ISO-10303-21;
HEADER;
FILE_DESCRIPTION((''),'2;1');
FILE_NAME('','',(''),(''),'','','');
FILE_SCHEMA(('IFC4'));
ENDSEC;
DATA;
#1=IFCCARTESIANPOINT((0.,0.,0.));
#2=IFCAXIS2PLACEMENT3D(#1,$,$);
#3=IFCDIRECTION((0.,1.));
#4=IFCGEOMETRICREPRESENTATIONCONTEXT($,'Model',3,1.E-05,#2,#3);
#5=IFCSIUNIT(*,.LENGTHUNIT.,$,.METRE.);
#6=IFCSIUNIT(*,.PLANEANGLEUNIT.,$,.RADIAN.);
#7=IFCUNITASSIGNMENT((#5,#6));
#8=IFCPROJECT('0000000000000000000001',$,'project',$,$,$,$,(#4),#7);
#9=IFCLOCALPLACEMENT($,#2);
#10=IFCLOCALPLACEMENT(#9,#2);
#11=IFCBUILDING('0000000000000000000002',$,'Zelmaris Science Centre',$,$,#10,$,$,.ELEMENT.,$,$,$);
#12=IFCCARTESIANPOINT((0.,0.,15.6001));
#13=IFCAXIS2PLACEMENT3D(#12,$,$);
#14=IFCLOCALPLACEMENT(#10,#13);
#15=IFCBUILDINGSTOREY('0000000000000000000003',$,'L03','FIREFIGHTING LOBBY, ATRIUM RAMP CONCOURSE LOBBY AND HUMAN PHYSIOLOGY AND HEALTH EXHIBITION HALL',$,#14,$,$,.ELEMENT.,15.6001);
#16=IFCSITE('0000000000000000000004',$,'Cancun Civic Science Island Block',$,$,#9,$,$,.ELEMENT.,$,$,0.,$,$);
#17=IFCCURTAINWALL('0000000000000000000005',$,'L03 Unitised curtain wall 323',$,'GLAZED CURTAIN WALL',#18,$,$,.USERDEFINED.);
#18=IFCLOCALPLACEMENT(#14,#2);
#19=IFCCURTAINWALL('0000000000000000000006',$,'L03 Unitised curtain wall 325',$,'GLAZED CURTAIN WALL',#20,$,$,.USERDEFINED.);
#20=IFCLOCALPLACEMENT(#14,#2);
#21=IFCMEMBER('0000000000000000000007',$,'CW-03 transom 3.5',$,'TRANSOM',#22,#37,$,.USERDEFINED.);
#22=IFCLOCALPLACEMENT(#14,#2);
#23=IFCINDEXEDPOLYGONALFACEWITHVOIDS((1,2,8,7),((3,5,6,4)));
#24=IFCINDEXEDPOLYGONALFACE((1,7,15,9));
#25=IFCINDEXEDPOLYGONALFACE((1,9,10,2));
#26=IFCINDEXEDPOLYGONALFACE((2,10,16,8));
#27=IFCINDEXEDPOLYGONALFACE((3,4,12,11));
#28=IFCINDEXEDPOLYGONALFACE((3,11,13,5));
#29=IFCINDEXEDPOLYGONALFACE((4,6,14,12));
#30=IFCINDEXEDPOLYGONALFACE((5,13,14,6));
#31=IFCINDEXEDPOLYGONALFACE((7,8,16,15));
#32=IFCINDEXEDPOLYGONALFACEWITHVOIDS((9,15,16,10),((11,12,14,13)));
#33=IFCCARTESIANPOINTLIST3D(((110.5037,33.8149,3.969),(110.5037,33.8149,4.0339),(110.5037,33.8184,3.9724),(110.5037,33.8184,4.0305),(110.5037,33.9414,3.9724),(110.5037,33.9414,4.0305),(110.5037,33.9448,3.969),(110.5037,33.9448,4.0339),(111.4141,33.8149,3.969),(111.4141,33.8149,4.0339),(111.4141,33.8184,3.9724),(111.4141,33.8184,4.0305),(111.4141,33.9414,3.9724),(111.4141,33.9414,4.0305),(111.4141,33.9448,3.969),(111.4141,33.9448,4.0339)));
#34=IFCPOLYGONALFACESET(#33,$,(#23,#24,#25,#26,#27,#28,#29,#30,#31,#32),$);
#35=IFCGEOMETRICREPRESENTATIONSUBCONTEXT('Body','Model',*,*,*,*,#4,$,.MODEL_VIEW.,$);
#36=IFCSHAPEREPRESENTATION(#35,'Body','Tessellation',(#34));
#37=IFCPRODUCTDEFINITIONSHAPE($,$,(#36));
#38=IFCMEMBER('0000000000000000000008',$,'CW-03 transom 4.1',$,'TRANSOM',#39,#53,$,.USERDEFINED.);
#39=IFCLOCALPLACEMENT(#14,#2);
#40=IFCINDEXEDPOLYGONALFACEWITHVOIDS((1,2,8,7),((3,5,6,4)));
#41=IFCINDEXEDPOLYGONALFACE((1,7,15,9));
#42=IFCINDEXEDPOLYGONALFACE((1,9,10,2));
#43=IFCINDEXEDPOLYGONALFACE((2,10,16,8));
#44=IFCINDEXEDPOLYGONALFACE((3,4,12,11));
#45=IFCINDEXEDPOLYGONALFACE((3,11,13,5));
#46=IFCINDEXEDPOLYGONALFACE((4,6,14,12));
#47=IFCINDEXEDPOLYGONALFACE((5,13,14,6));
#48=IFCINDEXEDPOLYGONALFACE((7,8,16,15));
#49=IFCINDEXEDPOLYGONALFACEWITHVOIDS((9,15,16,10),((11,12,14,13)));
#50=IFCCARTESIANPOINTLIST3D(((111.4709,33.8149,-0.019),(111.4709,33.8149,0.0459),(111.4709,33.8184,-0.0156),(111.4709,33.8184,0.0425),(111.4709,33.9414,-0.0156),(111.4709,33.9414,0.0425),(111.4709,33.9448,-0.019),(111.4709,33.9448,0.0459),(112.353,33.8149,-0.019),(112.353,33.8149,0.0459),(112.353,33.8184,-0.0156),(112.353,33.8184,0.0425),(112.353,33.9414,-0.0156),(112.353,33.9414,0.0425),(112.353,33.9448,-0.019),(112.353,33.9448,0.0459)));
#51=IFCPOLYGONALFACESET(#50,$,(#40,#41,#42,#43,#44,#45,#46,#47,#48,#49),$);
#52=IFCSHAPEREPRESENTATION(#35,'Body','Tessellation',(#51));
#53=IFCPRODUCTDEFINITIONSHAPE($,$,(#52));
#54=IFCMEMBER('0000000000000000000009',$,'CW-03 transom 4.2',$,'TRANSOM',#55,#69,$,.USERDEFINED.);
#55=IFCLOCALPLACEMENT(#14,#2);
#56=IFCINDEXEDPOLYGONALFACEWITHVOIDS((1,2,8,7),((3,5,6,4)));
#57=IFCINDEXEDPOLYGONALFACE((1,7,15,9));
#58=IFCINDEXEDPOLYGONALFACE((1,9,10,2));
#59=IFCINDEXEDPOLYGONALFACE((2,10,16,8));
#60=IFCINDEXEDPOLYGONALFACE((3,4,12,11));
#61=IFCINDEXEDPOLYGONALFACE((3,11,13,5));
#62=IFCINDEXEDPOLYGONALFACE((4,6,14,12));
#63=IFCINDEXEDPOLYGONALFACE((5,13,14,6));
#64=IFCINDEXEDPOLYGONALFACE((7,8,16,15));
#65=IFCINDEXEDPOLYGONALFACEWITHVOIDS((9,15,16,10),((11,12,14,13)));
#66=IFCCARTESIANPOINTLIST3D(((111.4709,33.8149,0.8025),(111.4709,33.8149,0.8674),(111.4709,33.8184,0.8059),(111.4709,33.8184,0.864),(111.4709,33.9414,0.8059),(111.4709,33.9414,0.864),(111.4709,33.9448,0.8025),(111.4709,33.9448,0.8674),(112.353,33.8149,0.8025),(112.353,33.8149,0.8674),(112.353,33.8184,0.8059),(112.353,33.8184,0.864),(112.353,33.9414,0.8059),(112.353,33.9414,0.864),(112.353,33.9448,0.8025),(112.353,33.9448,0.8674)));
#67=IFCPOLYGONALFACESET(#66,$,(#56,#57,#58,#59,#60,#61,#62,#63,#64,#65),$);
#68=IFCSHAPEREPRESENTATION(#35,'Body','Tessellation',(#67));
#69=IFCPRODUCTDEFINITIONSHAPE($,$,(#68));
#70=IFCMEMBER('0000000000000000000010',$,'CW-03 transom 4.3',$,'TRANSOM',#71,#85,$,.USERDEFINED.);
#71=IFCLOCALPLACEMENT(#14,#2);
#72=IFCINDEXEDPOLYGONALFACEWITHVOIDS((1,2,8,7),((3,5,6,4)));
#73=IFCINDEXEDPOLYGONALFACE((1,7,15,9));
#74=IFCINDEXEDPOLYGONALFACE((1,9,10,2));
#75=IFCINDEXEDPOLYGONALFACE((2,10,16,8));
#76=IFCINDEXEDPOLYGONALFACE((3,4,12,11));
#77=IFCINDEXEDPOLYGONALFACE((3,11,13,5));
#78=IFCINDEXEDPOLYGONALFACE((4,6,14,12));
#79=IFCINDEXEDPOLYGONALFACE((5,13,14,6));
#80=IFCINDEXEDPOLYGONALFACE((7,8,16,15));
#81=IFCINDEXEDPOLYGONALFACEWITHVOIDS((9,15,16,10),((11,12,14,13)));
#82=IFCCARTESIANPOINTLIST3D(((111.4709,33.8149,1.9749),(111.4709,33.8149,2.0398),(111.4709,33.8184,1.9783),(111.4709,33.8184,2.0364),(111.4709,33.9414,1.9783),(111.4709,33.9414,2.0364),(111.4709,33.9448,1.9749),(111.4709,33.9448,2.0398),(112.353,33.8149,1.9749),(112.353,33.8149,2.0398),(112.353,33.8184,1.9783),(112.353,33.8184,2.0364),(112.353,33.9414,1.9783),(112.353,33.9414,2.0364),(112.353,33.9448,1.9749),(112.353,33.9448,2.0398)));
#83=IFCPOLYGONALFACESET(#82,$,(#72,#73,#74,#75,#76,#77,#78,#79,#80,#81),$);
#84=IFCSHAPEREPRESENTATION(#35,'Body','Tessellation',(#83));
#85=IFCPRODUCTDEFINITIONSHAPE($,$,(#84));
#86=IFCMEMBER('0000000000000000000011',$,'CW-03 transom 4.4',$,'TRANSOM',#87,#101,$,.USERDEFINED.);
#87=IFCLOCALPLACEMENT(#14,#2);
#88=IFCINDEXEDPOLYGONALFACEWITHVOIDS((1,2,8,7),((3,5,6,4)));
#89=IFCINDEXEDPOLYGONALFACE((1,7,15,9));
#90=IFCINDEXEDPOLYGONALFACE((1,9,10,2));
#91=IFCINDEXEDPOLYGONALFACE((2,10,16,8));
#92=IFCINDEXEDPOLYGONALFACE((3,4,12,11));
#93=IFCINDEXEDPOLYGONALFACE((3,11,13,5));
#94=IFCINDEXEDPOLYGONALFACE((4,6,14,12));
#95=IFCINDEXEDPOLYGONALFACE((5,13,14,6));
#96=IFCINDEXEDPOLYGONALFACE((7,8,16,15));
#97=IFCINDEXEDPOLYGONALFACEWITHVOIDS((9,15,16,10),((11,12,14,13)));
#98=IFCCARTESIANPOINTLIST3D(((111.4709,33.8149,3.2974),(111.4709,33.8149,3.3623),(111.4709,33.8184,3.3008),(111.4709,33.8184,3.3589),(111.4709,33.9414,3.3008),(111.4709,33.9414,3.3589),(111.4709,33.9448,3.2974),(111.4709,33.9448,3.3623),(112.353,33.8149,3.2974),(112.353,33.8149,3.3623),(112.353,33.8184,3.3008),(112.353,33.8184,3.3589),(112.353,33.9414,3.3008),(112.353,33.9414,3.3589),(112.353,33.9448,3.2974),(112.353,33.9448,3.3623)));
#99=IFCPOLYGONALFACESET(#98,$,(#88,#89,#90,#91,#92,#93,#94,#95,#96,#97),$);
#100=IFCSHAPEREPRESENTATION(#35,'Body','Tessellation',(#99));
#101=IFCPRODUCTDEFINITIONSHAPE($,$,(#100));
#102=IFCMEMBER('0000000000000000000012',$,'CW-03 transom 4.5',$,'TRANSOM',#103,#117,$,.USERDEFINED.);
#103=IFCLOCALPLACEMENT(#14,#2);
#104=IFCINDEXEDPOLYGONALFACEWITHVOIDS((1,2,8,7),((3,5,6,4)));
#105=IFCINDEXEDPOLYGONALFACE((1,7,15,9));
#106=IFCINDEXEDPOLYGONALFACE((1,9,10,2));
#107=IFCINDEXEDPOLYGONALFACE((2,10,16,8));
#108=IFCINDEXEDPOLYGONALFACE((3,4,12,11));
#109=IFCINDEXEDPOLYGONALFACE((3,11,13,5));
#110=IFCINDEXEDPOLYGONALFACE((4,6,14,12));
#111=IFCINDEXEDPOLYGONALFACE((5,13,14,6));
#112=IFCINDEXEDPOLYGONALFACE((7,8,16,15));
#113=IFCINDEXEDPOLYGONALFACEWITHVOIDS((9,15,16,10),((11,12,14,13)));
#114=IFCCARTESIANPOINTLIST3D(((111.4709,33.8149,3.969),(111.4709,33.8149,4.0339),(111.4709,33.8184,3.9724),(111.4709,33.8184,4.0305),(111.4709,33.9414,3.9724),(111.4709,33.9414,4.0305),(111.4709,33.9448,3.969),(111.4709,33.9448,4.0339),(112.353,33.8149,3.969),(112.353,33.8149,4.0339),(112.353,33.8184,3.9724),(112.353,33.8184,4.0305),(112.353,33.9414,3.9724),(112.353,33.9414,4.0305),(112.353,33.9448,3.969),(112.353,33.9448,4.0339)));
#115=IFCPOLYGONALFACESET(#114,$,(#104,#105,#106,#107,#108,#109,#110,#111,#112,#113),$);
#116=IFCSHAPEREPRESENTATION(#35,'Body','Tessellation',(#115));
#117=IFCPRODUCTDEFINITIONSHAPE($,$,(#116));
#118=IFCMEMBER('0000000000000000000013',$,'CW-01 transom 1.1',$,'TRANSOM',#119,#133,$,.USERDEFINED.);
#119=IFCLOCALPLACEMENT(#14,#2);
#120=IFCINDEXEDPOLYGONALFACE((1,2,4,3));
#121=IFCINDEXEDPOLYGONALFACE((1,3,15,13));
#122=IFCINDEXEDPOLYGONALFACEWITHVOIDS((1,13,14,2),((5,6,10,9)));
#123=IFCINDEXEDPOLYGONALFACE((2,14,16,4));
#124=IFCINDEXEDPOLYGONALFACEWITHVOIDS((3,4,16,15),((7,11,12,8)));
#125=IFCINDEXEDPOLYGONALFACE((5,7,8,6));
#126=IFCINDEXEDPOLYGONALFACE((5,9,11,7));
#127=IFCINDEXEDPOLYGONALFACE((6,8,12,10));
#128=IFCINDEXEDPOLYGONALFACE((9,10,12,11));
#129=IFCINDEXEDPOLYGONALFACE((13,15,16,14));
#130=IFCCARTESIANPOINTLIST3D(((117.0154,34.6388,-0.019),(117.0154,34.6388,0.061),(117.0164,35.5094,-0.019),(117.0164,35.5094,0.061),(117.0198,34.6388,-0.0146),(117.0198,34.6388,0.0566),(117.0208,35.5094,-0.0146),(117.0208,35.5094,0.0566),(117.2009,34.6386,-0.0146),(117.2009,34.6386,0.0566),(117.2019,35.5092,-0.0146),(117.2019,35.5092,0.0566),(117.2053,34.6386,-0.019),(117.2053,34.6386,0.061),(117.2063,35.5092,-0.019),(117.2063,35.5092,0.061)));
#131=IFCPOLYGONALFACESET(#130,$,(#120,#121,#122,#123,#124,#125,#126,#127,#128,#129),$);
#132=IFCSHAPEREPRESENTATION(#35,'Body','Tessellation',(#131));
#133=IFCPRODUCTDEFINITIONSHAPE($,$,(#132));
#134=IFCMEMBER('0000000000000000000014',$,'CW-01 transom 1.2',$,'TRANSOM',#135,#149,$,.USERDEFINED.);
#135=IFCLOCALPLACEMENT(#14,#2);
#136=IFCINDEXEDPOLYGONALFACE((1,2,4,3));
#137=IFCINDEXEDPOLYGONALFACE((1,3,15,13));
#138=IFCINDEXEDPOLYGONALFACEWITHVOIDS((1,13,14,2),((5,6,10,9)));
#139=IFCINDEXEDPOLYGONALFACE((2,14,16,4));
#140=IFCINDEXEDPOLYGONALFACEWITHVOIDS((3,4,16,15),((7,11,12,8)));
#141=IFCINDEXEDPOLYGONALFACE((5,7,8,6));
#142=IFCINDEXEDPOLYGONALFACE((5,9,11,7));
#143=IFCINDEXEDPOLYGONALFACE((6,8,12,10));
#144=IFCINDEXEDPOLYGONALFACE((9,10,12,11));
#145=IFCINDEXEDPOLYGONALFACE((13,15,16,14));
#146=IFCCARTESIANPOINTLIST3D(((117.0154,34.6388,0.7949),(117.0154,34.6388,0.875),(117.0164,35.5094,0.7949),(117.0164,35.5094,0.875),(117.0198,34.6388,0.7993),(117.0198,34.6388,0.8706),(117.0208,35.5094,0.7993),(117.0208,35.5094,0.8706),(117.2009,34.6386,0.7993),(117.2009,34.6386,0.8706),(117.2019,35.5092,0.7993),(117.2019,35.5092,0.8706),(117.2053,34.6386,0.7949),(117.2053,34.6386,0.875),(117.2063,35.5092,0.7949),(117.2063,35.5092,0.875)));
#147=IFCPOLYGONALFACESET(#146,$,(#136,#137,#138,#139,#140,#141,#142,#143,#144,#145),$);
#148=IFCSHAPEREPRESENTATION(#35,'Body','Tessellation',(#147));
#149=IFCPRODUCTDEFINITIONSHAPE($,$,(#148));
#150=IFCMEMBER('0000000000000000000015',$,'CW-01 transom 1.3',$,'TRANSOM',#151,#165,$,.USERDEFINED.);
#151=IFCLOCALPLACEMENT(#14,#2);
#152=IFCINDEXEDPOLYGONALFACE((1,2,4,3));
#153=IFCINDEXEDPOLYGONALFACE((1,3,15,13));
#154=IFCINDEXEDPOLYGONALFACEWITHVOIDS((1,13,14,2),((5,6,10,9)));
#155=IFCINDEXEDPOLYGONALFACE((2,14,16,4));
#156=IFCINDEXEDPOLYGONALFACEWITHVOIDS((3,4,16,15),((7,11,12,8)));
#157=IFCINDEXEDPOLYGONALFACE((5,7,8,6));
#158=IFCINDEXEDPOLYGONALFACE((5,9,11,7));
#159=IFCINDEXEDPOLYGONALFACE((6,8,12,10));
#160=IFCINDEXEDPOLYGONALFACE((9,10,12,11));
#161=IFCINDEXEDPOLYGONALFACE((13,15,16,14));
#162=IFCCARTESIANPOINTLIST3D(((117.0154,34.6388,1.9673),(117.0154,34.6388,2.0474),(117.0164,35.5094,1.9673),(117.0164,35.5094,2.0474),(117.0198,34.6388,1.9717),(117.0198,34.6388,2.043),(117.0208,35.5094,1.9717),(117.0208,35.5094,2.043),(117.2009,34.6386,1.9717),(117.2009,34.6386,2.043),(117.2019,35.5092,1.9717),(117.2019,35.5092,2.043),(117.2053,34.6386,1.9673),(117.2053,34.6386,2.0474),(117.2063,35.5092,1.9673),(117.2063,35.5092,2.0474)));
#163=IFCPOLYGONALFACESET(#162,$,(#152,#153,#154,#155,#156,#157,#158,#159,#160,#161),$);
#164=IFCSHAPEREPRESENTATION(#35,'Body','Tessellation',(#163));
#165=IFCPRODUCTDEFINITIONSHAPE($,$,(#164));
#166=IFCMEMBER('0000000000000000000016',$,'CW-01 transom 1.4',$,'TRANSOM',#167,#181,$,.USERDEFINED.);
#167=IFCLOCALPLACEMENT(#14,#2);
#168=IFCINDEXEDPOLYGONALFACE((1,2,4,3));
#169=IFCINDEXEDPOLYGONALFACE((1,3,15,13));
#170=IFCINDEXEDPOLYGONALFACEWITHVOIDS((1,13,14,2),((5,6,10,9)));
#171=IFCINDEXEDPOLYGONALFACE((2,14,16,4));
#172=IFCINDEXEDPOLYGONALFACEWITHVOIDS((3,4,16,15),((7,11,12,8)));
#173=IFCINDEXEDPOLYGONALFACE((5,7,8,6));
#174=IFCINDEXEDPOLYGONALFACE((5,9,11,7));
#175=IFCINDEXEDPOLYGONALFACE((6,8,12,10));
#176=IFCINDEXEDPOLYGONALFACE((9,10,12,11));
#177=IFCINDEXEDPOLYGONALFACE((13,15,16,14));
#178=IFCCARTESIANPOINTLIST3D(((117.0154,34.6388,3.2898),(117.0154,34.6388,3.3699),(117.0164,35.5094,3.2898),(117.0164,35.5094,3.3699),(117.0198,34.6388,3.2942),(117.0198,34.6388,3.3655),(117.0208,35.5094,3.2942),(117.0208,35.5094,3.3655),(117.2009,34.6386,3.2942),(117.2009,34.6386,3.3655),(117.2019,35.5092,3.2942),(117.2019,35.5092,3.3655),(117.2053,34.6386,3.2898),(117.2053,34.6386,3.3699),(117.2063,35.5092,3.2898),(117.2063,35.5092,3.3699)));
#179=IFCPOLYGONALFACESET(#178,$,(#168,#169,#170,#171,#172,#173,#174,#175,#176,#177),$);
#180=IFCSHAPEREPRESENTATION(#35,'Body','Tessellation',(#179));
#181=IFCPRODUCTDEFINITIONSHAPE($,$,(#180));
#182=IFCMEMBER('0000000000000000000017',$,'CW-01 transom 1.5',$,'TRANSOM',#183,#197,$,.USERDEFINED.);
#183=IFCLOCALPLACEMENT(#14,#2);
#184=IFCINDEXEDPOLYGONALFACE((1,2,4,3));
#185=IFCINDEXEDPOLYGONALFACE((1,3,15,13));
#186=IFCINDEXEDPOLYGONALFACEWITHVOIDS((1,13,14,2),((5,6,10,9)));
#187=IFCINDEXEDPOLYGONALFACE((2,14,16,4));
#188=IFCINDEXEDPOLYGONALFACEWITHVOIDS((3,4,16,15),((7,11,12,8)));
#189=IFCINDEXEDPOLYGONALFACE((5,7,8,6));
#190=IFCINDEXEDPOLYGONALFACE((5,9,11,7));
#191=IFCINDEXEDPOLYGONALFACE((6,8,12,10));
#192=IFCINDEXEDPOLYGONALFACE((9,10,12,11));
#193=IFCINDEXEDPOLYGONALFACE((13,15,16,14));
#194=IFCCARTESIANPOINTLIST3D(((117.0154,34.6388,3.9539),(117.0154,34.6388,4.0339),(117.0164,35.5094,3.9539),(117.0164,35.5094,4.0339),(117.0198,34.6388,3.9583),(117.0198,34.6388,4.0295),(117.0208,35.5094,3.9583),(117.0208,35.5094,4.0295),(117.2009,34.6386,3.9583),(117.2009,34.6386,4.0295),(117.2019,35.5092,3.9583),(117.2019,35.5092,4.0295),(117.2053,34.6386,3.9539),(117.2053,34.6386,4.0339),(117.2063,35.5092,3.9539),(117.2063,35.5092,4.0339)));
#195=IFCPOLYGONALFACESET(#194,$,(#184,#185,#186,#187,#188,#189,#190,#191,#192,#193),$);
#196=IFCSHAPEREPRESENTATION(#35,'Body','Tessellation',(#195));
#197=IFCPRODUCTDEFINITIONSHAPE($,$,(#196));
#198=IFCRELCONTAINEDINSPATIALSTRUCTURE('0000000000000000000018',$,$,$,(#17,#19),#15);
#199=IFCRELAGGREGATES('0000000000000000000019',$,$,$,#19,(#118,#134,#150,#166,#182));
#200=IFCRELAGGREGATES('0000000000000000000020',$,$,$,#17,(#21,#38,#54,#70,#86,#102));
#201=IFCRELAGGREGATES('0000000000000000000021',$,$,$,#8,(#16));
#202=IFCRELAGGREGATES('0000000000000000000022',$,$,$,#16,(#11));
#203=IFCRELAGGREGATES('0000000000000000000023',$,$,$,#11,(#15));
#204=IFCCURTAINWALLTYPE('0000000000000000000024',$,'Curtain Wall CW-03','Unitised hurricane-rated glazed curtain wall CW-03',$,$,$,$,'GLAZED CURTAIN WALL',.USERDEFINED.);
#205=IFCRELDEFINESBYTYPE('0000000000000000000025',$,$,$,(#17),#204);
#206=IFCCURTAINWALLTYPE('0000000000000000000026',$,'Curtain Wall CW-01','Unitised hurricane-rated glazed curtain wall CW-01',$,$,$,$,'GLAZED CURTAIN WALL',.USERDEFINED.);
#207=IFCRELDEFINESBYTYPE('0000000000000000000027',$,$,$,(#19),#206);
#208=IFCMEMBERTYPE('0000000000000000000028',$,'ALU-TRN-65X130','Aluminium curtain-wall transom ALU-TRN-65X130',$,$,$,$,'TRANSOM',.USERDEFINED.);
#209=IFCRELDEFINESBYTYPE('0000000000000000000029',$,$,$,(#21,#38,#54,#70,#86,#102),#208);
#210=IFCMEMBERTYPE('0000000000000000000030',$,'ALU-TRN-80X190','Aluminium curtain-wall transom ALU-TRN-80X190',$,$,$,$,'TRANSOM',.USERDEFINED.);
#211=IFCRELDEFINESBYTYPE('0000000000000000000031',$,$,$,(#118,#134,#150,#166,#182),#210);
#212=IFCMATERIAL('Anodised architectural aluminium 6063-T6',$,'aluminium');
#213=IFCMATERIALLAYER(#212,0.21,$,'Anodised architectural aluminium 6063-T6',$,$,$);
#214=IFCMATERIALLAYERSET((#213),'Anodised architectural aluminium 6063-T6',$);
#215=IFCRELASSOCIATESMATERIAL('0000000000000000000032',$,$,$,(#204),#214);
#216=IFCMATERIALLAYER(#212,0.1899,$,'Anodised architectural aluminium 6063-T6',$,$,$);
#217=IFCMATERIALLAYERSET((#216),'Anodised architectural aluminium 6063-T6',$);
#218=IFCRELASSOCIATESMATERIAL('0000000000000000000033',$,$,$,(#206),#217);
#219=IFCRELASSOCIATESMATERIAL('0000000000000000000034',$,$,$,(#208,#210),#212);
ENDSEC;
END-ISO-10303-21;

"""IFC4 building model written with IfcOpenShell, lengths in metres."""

from ifc_helpers import new_model, si_unit, direction, frame, origin, origin_2d, place, context, subcontext, project, spatial, hollow_rectangle, extrude, material, layer, layer_set, material_profile, profile_set, type_object, element, aggregate, save


model = new_model("IFC4")

# Units and contexts
model_context = context("Model", 3, precision=1e-05, world=origin(), true_north=direction((0.0, 1.0)))
body_context = subcontext(model_context, "Body", "Model", "MODEL_VIEW")
ifc_project = project(units=[si_unit("LENGTHUNIT", "METRE"), si_unit("PLANEANGLEUNIT", "RADIAN")], contexts=[model_context])

# Site, building, storey
site_placement = place(None, origin())
site = spatial("IfcSite", under=ifc_project, at=site_placement, Name="Cancun Civic Science Island Block", CompositionType="ELEMENT", RefElevation=0.0)
building_placement = place(site_placement, origin())
building = spatial("IfcBuilding", under=site, at=building_placement, Name="Zelmaris Science Centre", CompositionType="ELEMENT")
storey_placement = place(building_placement, frame((0.0, 0.0, 15.6001)))
storey = spatial("IfcBuildingStorey", under=building, at=storey_placement, Name="L03", Description="FIREFIGHTING LOBBY, ATRIUM RAMP CONCOURSE LOBBY AND HUMAN PHYSIOLOGY AND HEALTH EXHIBITION HALL", CompositionType="ELEMENT", Elevation=15.6001)

# Curtain wall
ifc_material_1 = material(Name="Anodised architectural aluminium 6063-T6", Category="aluminium")
ifc_layer_1 = layer(ifc_material_1, 0.21, Name="Anodised architectural aluminium 6063-T6")
ifc_layer_set_1 = layer_set([ifc_layer_1], Name="Anodised architectural aluminium 6063-T6")
curtain_wall_type_1 = type_object("IfcCurtainWallType", Name="Curtain Wall CW-03", Description="Unitised hurricane-rated glazed curtain wall CW-03", ElementType="GLAZED CURTAIN WALL", PredefinedType="USERDEFINED", material=ifc_layer_set_1)
curtain_wall_1_placement = place(storey_placement, origin())
curtain_wall_1 = element("IfcCurtainWall", 1, at=curtain_wall_1_placement, inside=storey, type_object=curtain_wall_type_1, Name="L03 Unitised curtain wall 323", ObjectType="GLAZED CURTAIN WALL", PredefinedType="USERDEFINED")

# Curtain wall
ifc_layer_2 = layer(ifc_material_1, 0.1899, Name="Anodised architectural aluminium 6063-T6")
ifc_layer_set_2 = layer_set([ifc_layer_2], Name="Anodised architectural aluminium 6063-T6")
curtain_wall_type_2 = type_object("IfcCurtainWallType", Name="Curtain Wall CW-01", Description="Unitised hurricane-rated glazed curtain wall CW-01", ElementType="GLAZED CURTAIN WALL", PredefinedType="USERDEFINED", material=ifc_layer_set_2)
curtain_wall_2_placement = place(storey_placement, origin())
curtain_wall_2 = element("IfcCurtainWall", 2, at=curtain_wall_2_placement, inside=storey, type_object=curtain_wall_type_2, Name="L03 Unitised curtain wall 325", ObjectType="GLAZED CURTAIN WALL", PredefinedType="USERDEFINED")

# Members
ifc_material_profile_1 = material_profile(ifc_material_1, hollow_rectangle(XDim=0.0649, YDim=0.1299, WallThickness=0.0034, at=origin_2d()), Name="ALU-TRN-65X130")
ifc_profile_set_1 = profile_set([ifc_material_profile_1], Name="Anodised architectural aluminium 6063-T6")
member_type_1 = type_object("IfcMemberType", Name="ALU-TRN-65X130", Description="Aluminium curtain-wall transom ALU-TRN-65X130", ElementType="TRANSOM", PredefinedType="USERDEFINED", material=ifc_profile_set_1)
member_1_placement = place(storey_placement, frame((110.5037, 33.8799, 4.0015), z_axis=(1.0, 0.0, 0.0), x_axis=(0.0, 0.0, 1.0)))
member_1 = element("IfcMember", 3, at=member_1_placement, type_object=member_type_1, Name="CW-03 transom 3.5", ObjectType="TRANSOM", PredefinedType="USERDEFINED", context=body_context, shape_type="SweptSolid", body=[
    extrude(hollow_rectangle(XDim=0.0649, YDim=0.1299, WallThickness=0.0034, at=origin_2d()), origin(), (0.0, 0.0, 1.0), 0.9104),
])
member_2_placement = place(storey_placement, frame((111.4709, 33.8799, 0.0134), z_axis=(1.0, 0.0, 0.0), x_axis=(0.0, 0.0, 1.0)))
member_2 = element("IfcMember", 4, at=member_2_placement, type_object=member_type_1, Name="CW-03 transom 4.1", ObjectType="TRANSOM", PredefinedType="USERDEFINED", context=body_context, shape_type="SweptSolid", body=[
    extrude(hollow_rectangle(XDim=0.0649, YDim=0.1299, WallThickness=0.0034, at=origin_2d()), origin(), (0.0, 0.0, 1.0), 0.8821),
])
member_3_placement = place(storey_placement, frame((111.4709, 33.8799, 0.835), z_axis=(1.0, 0.0, 0.0), x_axis=(0.0, 0.0, 1.0)))
member_3 = element("IfcMember", 5, at=member_3_placement, type_object=member_type_1, Name="CW-03 transom 4.2", ObjectType="TRANSOM", PredefinedType="USERDEFINED", context=body_context, shape_type="SweptSolid", body=[
    extrude(hollow_rectangle(XDim=0.0649, YDim=0.1299, WallThickness=0.0034, at=origin_2d()), origin(), (0.0, 0.0, 1.0), 0.8821),
])
member_4_placement = place(storey_placement, frame((111.4709, 33.8799, 2.0073), z_axis=(1.0, 0.0, 0.0), x_axis=(0.0, 0.0, 1.0)))
member_4 = element("IfcMember", 6, at=member_4_placement, type_object=member_type_1, Name="CW-03 transom 4.3", ObjectType="TRANSOM", PredefinedType="USERDEFINED", context=body_context, shape_type="SweptSolid", body=[
    extrude(hollow_rectangle(XDim=0.0649, YDim=0.1299, WallThickness=0.0034, at=origin_2d()), origin(), (0.0, 0.0, 1.0), 0.8821),
])
member_5_placement = place(storey_placement, frame((111.4709, 33.8799, 3.3298), z_axis=(1.0, 0.0, 0.0), x_axis=(0.0, 0.0, 1.0)))
member_5 = element("IfcMember", 7, at=member_5_placement, type_object=member_type_1, Name="CW-03 transom 4.4", ObjectType="TRANSOM", PredefinedType="USERDEFINED", context=body_context, shape_type="SweptSolid", body=[
    extrude(hollow_rectangle(XDim=0.0649, YDim=0.1299, WallThickness=0.0034, at=origin_2d()), origin(), (0.0, 0.0, 1.0), 0.8821),
])
member_6_placement = place(storey_placement, frame((111.4709, 33.8799, 4.0015), z_axis=(1.0, 0.0, 0.0), x_axis=(0.0, 0.0, 1.0)))
member_6 = element("IfcMember", 8, at=member_6_placement, type_object=member_type_1, Name="CW-03 transom 4.5", ObjectType="TRANSOM", PredefinedType="USERDEFINED", context=body_context, shape_type="SweptSolid", body=[
    extrude(hollow_rectangle(XDim=0.0649, YDim=0.1299, WallThickness=0.0034, at=origin_2d()), origin(), (0.0, 0.0, 1.0), 0.8821),
])
ifc_material_profile_2 = material_profile(ifc_material_1, hollow_rectangle(XDim=0.0801, YDim=0.1899, WallThickness=0.0044, at=origin_2d()), Name="ALU-TRN-80X190")
ifc_profile_set_2 = profile_set([ifc_material_profile_2], Name="Anodised architectural aluminium 6063-T6")
member_type_2 = type_object("IfcMemberType", Name="ALU-TRN-80X190", Description="Aluminium curtain-wall transom ALU-TRN-80X190", ElementType="TRANSOM", PredefinedType="USERDEFINED", material=ifc_profile_set_2)
member_7_placement = place(storey_placement, frame((117.1104, 34.6387, 0.021), z_axis=(0.001122, 0.999999, 0.0), x_axis=(0.0, 0.0, 1.0)))
member_7 = element("IfcMember", 9, at=member_7_placement, type_object=member_type_2, Name="CW-01 transom 1.1", ObjectType="TRANSOM", PredefinedType="USERDEFINED", context=body_context, shape_type="SweptSolid", body=[
    extrude(hollow_rectangle(XDim=0.0801, YDim=0.1899, WallThickness=0.0044, at=origin_2d()), origin(), (0.0, 0.0, 1.0), 0.8706),
])
member_8_placement = place(storey_placement, frame((117.1104, 34.6387, 0.835), z_axis=(0.001122, 0.999999, 0.0), x_axis=(0.0, 0.0, 1.0)))
member_8 = element("IfcMember", 10, at=member_8_placement, type_object=member_type_2, Name="CW-01 transom 1.2", ObjectType="TRANSOM", PredefinedType="USERDEFINED", context=body_context, shape_type="SweptSolid", body=[
    extrude(hollow_rectangle(XDim=0.0801, YDim=0.1899, WallThickness=0.0044, at=origin_2d()), origin(), (0.0, 0.0, 1.0), 0.8706),
])
member_9_placement = place(storey_placement, frame((117.1104, 34.6387, 2.0073), z_axis=(0.001122, 0.999999, 0.0), x_axis=(0.0, 0.0, 1.0)))
member_9 = element("IfcMember", 11, at=member_9_placement, type_object=member_type_2, Name="CW-01 transom 1.3", ObjectType="TRANSOM", PredefinedType="USERDEFINED", context=body_context, shape_type="SweptSolid", body=[
    extrude(hollow_rectangle(XDim=0.0801, YDim=0.1899, WallThickness=0.0044, at=origin_2d()), origin(), (0.0, 0.0, 1.0), 0.8706),
])
member_10_placement = place(storey_placement, frame((117.1104, 34.6387, 3.3298), z_axis=(0.001122, 0.999999, 0.0), x_axis=(0.0, 0.0, 1.0)))
member_10 = element("IfcMember", 12, at=member_10_placement, type_object=member_type_2, Name="CW-01 transom 1.4", ObjectType="TRANSOM", PredefinedType="USERDEFINED", context=body_context, shape_type="SweptSolid", body=[
    extrude(hollow_rectangle(XDim=0.0801, YDim=0.1899, WallThickness=0.0044, at=origin_2d()), origin(), (0.0, 0.0, 1.0), 0.8706),
])
member_11_placement = place(storey_placement, frame((117.1104, 34.6387, 3.9939), z_axis=(0.001122, 0.999999, 0.0), x_axis=(0.0, 0.0, 1.0)))
member_11 = element("IfcMember", 13, at=member_11_placement, type_object=member_type_2, Name="CW-01 transom 1.5", ObjectType="TRANSOM", PredefinedType="USERDEFINED", context=body_context, shape_type="SweptSolid", body=[
    extrude(hollow_rectangle(XDim=0.0801, YDim=0.1899, WallThickness=0.0044, at=origin_2d()), origin(), (0.0, 0.0, 1.0), 0.8706),
])

aggregate(curtain_wall_2, [member_7, member_8, member_9, member_10, member_11])
aggregate(curtain_wall_1, [member_1, member_2, member_3, member_4, member_5, member_6])

save(model, "model.ifc")
